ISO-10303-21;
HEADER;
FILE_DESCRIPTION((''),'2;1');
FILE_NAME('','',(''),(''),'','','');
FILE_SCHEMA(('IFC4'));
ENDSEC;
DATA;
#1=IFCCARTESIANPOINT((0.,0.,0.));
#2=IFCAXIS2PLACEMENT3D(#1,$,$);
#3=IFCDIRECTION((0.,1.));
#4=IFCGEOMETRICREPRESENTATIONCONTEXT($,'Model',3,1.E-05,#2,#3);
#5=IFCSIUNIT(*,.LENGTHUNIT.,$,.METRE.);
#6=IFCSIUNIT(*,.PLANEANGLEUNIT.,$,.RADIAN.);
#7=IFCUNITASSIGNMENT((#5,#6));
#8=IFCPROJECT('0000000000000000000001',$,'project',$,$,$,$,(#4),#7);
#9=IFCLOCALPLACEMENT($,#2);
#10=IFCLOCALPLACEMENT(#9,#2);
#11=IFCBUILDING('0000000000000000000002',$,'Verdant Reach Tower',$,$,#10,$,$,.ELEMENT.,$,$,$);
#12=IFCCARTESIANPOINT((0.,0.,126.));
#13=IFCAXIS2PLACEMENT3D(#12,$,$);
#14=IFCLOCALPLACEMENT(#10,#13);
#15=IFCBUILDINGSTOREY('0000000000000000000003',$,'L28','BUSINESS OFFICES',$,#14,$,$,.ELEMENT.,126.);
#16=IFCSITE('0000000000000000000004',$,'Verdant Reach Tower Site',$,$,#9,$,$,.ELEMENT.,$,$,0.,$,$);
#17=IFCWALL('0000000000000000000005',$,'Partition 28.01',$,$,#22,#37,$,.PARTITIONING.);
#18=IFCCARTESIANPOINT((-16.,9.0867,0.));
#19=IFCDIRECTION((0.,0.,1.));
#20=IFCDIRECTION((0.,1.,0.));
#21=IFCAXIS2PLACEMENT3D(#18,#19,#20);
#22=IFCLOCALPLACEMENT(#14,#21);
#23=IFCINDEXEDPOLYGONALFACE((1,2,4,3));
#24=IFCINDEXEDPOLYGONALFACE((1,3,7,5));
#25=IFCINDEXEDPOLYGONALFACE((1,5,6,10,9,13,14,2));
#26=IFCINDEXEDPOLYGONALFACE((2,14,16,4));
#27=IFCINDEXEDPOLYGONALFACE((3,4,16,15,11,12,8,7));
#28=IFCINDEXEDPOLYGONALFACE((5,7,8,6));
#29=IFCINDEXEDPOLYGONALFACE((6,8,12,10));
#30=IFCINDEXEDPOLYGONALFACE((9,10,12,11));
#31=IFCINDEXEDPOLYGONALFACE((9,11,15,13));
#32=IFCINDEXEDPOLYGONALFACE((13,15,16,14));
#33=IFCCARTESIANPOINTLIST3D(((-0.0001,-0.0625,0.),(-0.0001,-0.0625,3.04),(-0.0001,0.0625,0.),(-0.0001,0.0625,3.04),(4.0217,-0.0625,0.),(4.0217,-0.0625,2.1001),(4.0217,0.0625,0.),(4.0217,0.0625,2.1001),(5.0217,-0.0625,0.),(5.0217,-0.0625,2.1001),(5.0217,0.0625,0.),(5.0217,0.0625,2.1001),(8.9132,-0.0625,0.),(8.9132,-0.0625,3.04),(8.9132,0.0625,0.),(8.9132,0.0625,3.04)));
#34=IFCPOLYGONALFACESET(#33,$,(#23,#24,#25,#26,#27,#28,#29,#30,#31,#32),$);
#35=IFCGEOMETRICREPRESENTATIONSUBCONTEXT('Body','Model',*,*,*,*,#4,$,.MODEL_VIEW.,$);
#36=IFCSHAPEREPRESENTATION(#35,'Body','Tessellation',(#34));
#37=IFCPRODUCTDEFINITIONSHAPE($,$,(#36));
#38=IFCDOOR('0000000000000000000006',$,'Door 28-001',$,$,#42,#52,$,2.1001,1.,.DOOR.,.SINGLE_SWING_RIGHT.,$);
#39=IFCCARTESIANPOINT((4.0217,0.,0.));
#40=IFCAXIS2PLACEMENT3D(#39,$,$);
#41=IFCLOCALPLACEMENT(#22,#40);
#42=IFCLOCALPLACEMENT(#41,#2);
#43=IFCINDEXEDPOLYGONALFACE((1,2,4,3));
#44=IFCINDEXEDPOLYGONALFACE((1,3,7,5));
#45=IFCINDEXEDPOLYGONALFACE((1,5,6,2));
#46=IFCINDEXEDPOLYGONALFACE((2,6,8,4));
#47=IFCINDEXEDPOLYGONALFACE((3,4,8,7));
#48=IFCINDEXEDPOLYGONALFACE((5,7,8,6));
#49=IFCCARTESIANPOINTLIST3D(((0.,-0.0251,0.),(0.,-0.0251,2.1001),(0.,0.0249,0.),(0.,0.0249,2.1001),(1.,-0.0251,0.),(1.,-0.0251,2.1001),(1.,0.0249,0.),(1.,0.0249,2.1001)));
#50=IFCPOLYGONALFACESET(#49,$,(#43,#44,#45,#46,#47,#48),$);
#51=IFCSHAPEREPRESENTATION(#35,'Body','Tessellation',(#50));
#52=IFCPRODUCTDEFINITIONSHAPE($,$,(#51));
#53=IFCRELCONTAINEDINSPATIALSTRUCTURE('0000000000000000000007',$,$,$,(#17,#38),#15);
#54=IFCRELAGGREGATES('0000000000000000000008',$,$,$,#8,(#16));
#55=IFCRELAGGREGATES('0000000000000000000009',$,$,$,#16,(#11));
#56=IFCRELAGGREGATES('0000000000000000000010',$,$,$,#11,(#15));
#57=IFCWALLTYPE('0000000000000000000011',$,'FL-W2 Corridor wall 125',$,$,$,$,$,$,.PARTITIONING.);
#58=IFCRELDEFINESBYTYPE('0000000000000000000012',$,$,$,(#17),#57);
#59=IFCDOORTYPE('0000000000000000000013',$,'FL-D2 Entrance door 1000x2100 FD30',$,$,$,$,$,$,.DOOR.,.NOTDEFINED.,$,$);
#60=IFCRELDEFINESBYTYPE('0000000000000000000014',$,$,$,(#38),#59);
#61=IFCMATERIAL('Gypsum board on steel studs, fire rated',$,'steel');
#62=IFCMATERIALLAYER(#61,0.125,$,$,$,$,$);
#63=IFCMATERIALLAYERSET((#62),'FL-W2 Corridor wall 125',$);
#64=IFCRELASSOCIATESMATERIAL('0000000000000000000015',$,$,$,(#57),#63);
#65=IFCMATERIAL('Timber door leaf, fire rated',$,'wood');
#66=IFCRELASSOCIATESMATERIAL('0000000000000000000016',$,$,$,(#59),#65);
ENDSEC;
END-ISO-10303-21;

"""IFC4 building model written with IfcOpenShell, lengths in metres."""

from ifc_helpers import new_model, si_unit, direction, frame, frame_2d, origin, place, context, subcontext, project, spatial, rectangle, extrude, material, layer, layer_set, type_object, element, fill, save


model = new_model("IFC4")

# Units and contexts
model_context = context("Model", 3, precision=1e-05, world=origin(), true_north=direction((0.0, 1.0)))
body_context = subcontext(model_context, "Body", "Model", "MODEL_VIEW")
ifc_project = project(units=[si_unit("LENGTHUNIT", "METRE"), si_unit("PLANEANGLEUNIT", "RADIAN")], contexts=[model_context])

# Site, building, storey
site_placement = place(None, origin())
site = spatial("IfcSite", under=ifc_project, at=site_placement, Name="Verdant Reach Tower Site", CompositionType="ELEMENT", RefElevation=0.0)
building_placement = place(site_placement, origin())
building = spatial("IfcBuilding", under=site, at=building_placement, Name="Verdant Reach Tower", CompositionType="ELEMENT")
storey_placement = place(building_placement, frame((0.0, 0.0, 126.0)))
storey = spatial("IfcBuildingStorey", under=building, at=storey_placement, Name="L28", Description="BUSINESS OFFICES", CompositionType="ELEMENT", Elevation=126.0)

# Wall, opening, door
ifc_material_1 = material(Name="Gypsum board on steel studs, fire rated", Category="steel")
ifc_layer_1 = layer(ifc_material_1, 0.125)
ifc_layer_set_1 = layer_set([ifc_layer_1], Name="FL-W2 Corridor wall 125")
wall_type = type_object("IfcWallType", Name="FL-W2 Corridor wall 125", PredefinedType="PARTITIONING", material=ifc_layer_set_1)
wall_placement = place(storey_placement, frame((-16.0, 9.0867, 0.0), z_axis=(0.0, 0.0, 1.0), x_axis=(0.0, 1.0, 0.0)))
wall = element("IfcWall", 1, at=wall_placement, inside=storey, type_object=wall_type, Name="Partition 28.01", PredefinedType="PARTITIONING", context=body_context, shape_type="SweptSolid", body=[
    extrude(rectangle(XDim=8.9133, YDim=0.125, at=frame_2d((4.4565, 0.0))), origin(), (0.0, 0.0, 1.0), 3.04),
])
opening_placement = place(wall_placement, frame((4.0217, 0.0, 0.0)))
opening = element("IfcOpeningElement", 2, at=opening_placement, cuts=wall, PredefinedType="OPENING", context=body_context, shape_type="SweptSolid", body=[
    extrude(rectangle(XDim=1.0, YDim=2.1001, at=frame_2d((0.5, 1.05))), frame((0.0, 0.0725, 0.0), z_axis=(0.0, -1.0, 0.0), x_axis=(1.0, 0.0, 0.0)), (0.0, 0.0, 1.0), 0.145),
])
ifc_material_2 = material(Name="Timber door leaf, fire rated", Category="wood")
door_type = type_object("IfcDoorType", Name="FL-D2 Entrance door 1000x2100 FD30", OperationType="NOTDEFINED", PredefinedType="DOOR", material=ifc_material_2)
door_placement = place(opening_placement, origin())
door = element("IfcDoor", 3, at=door_placement, inside=storey, type_object=door_type, Name="Door 28-001", OperationType="SINGLE_SWING_RIGHT", OverallHeight=2.1001, OverallWidth=1.0, PredefinedType="DOOR", context=body_context, shape_type="SweptSolid", body=[
    extrude(rectangle(XDim=1.0, YDim=2.1001, at=frame_2d((0.5, 1.05))), frame((0.0, 0.0249, 0.0), z_axis=(0.0, -1.0, 0.0), x_axis=(1.0, 0.0, 0.0)), (0.0, 0.0, 1.0), 0.05),
])
fill(opening, door)

save(model, "model.ifc")
